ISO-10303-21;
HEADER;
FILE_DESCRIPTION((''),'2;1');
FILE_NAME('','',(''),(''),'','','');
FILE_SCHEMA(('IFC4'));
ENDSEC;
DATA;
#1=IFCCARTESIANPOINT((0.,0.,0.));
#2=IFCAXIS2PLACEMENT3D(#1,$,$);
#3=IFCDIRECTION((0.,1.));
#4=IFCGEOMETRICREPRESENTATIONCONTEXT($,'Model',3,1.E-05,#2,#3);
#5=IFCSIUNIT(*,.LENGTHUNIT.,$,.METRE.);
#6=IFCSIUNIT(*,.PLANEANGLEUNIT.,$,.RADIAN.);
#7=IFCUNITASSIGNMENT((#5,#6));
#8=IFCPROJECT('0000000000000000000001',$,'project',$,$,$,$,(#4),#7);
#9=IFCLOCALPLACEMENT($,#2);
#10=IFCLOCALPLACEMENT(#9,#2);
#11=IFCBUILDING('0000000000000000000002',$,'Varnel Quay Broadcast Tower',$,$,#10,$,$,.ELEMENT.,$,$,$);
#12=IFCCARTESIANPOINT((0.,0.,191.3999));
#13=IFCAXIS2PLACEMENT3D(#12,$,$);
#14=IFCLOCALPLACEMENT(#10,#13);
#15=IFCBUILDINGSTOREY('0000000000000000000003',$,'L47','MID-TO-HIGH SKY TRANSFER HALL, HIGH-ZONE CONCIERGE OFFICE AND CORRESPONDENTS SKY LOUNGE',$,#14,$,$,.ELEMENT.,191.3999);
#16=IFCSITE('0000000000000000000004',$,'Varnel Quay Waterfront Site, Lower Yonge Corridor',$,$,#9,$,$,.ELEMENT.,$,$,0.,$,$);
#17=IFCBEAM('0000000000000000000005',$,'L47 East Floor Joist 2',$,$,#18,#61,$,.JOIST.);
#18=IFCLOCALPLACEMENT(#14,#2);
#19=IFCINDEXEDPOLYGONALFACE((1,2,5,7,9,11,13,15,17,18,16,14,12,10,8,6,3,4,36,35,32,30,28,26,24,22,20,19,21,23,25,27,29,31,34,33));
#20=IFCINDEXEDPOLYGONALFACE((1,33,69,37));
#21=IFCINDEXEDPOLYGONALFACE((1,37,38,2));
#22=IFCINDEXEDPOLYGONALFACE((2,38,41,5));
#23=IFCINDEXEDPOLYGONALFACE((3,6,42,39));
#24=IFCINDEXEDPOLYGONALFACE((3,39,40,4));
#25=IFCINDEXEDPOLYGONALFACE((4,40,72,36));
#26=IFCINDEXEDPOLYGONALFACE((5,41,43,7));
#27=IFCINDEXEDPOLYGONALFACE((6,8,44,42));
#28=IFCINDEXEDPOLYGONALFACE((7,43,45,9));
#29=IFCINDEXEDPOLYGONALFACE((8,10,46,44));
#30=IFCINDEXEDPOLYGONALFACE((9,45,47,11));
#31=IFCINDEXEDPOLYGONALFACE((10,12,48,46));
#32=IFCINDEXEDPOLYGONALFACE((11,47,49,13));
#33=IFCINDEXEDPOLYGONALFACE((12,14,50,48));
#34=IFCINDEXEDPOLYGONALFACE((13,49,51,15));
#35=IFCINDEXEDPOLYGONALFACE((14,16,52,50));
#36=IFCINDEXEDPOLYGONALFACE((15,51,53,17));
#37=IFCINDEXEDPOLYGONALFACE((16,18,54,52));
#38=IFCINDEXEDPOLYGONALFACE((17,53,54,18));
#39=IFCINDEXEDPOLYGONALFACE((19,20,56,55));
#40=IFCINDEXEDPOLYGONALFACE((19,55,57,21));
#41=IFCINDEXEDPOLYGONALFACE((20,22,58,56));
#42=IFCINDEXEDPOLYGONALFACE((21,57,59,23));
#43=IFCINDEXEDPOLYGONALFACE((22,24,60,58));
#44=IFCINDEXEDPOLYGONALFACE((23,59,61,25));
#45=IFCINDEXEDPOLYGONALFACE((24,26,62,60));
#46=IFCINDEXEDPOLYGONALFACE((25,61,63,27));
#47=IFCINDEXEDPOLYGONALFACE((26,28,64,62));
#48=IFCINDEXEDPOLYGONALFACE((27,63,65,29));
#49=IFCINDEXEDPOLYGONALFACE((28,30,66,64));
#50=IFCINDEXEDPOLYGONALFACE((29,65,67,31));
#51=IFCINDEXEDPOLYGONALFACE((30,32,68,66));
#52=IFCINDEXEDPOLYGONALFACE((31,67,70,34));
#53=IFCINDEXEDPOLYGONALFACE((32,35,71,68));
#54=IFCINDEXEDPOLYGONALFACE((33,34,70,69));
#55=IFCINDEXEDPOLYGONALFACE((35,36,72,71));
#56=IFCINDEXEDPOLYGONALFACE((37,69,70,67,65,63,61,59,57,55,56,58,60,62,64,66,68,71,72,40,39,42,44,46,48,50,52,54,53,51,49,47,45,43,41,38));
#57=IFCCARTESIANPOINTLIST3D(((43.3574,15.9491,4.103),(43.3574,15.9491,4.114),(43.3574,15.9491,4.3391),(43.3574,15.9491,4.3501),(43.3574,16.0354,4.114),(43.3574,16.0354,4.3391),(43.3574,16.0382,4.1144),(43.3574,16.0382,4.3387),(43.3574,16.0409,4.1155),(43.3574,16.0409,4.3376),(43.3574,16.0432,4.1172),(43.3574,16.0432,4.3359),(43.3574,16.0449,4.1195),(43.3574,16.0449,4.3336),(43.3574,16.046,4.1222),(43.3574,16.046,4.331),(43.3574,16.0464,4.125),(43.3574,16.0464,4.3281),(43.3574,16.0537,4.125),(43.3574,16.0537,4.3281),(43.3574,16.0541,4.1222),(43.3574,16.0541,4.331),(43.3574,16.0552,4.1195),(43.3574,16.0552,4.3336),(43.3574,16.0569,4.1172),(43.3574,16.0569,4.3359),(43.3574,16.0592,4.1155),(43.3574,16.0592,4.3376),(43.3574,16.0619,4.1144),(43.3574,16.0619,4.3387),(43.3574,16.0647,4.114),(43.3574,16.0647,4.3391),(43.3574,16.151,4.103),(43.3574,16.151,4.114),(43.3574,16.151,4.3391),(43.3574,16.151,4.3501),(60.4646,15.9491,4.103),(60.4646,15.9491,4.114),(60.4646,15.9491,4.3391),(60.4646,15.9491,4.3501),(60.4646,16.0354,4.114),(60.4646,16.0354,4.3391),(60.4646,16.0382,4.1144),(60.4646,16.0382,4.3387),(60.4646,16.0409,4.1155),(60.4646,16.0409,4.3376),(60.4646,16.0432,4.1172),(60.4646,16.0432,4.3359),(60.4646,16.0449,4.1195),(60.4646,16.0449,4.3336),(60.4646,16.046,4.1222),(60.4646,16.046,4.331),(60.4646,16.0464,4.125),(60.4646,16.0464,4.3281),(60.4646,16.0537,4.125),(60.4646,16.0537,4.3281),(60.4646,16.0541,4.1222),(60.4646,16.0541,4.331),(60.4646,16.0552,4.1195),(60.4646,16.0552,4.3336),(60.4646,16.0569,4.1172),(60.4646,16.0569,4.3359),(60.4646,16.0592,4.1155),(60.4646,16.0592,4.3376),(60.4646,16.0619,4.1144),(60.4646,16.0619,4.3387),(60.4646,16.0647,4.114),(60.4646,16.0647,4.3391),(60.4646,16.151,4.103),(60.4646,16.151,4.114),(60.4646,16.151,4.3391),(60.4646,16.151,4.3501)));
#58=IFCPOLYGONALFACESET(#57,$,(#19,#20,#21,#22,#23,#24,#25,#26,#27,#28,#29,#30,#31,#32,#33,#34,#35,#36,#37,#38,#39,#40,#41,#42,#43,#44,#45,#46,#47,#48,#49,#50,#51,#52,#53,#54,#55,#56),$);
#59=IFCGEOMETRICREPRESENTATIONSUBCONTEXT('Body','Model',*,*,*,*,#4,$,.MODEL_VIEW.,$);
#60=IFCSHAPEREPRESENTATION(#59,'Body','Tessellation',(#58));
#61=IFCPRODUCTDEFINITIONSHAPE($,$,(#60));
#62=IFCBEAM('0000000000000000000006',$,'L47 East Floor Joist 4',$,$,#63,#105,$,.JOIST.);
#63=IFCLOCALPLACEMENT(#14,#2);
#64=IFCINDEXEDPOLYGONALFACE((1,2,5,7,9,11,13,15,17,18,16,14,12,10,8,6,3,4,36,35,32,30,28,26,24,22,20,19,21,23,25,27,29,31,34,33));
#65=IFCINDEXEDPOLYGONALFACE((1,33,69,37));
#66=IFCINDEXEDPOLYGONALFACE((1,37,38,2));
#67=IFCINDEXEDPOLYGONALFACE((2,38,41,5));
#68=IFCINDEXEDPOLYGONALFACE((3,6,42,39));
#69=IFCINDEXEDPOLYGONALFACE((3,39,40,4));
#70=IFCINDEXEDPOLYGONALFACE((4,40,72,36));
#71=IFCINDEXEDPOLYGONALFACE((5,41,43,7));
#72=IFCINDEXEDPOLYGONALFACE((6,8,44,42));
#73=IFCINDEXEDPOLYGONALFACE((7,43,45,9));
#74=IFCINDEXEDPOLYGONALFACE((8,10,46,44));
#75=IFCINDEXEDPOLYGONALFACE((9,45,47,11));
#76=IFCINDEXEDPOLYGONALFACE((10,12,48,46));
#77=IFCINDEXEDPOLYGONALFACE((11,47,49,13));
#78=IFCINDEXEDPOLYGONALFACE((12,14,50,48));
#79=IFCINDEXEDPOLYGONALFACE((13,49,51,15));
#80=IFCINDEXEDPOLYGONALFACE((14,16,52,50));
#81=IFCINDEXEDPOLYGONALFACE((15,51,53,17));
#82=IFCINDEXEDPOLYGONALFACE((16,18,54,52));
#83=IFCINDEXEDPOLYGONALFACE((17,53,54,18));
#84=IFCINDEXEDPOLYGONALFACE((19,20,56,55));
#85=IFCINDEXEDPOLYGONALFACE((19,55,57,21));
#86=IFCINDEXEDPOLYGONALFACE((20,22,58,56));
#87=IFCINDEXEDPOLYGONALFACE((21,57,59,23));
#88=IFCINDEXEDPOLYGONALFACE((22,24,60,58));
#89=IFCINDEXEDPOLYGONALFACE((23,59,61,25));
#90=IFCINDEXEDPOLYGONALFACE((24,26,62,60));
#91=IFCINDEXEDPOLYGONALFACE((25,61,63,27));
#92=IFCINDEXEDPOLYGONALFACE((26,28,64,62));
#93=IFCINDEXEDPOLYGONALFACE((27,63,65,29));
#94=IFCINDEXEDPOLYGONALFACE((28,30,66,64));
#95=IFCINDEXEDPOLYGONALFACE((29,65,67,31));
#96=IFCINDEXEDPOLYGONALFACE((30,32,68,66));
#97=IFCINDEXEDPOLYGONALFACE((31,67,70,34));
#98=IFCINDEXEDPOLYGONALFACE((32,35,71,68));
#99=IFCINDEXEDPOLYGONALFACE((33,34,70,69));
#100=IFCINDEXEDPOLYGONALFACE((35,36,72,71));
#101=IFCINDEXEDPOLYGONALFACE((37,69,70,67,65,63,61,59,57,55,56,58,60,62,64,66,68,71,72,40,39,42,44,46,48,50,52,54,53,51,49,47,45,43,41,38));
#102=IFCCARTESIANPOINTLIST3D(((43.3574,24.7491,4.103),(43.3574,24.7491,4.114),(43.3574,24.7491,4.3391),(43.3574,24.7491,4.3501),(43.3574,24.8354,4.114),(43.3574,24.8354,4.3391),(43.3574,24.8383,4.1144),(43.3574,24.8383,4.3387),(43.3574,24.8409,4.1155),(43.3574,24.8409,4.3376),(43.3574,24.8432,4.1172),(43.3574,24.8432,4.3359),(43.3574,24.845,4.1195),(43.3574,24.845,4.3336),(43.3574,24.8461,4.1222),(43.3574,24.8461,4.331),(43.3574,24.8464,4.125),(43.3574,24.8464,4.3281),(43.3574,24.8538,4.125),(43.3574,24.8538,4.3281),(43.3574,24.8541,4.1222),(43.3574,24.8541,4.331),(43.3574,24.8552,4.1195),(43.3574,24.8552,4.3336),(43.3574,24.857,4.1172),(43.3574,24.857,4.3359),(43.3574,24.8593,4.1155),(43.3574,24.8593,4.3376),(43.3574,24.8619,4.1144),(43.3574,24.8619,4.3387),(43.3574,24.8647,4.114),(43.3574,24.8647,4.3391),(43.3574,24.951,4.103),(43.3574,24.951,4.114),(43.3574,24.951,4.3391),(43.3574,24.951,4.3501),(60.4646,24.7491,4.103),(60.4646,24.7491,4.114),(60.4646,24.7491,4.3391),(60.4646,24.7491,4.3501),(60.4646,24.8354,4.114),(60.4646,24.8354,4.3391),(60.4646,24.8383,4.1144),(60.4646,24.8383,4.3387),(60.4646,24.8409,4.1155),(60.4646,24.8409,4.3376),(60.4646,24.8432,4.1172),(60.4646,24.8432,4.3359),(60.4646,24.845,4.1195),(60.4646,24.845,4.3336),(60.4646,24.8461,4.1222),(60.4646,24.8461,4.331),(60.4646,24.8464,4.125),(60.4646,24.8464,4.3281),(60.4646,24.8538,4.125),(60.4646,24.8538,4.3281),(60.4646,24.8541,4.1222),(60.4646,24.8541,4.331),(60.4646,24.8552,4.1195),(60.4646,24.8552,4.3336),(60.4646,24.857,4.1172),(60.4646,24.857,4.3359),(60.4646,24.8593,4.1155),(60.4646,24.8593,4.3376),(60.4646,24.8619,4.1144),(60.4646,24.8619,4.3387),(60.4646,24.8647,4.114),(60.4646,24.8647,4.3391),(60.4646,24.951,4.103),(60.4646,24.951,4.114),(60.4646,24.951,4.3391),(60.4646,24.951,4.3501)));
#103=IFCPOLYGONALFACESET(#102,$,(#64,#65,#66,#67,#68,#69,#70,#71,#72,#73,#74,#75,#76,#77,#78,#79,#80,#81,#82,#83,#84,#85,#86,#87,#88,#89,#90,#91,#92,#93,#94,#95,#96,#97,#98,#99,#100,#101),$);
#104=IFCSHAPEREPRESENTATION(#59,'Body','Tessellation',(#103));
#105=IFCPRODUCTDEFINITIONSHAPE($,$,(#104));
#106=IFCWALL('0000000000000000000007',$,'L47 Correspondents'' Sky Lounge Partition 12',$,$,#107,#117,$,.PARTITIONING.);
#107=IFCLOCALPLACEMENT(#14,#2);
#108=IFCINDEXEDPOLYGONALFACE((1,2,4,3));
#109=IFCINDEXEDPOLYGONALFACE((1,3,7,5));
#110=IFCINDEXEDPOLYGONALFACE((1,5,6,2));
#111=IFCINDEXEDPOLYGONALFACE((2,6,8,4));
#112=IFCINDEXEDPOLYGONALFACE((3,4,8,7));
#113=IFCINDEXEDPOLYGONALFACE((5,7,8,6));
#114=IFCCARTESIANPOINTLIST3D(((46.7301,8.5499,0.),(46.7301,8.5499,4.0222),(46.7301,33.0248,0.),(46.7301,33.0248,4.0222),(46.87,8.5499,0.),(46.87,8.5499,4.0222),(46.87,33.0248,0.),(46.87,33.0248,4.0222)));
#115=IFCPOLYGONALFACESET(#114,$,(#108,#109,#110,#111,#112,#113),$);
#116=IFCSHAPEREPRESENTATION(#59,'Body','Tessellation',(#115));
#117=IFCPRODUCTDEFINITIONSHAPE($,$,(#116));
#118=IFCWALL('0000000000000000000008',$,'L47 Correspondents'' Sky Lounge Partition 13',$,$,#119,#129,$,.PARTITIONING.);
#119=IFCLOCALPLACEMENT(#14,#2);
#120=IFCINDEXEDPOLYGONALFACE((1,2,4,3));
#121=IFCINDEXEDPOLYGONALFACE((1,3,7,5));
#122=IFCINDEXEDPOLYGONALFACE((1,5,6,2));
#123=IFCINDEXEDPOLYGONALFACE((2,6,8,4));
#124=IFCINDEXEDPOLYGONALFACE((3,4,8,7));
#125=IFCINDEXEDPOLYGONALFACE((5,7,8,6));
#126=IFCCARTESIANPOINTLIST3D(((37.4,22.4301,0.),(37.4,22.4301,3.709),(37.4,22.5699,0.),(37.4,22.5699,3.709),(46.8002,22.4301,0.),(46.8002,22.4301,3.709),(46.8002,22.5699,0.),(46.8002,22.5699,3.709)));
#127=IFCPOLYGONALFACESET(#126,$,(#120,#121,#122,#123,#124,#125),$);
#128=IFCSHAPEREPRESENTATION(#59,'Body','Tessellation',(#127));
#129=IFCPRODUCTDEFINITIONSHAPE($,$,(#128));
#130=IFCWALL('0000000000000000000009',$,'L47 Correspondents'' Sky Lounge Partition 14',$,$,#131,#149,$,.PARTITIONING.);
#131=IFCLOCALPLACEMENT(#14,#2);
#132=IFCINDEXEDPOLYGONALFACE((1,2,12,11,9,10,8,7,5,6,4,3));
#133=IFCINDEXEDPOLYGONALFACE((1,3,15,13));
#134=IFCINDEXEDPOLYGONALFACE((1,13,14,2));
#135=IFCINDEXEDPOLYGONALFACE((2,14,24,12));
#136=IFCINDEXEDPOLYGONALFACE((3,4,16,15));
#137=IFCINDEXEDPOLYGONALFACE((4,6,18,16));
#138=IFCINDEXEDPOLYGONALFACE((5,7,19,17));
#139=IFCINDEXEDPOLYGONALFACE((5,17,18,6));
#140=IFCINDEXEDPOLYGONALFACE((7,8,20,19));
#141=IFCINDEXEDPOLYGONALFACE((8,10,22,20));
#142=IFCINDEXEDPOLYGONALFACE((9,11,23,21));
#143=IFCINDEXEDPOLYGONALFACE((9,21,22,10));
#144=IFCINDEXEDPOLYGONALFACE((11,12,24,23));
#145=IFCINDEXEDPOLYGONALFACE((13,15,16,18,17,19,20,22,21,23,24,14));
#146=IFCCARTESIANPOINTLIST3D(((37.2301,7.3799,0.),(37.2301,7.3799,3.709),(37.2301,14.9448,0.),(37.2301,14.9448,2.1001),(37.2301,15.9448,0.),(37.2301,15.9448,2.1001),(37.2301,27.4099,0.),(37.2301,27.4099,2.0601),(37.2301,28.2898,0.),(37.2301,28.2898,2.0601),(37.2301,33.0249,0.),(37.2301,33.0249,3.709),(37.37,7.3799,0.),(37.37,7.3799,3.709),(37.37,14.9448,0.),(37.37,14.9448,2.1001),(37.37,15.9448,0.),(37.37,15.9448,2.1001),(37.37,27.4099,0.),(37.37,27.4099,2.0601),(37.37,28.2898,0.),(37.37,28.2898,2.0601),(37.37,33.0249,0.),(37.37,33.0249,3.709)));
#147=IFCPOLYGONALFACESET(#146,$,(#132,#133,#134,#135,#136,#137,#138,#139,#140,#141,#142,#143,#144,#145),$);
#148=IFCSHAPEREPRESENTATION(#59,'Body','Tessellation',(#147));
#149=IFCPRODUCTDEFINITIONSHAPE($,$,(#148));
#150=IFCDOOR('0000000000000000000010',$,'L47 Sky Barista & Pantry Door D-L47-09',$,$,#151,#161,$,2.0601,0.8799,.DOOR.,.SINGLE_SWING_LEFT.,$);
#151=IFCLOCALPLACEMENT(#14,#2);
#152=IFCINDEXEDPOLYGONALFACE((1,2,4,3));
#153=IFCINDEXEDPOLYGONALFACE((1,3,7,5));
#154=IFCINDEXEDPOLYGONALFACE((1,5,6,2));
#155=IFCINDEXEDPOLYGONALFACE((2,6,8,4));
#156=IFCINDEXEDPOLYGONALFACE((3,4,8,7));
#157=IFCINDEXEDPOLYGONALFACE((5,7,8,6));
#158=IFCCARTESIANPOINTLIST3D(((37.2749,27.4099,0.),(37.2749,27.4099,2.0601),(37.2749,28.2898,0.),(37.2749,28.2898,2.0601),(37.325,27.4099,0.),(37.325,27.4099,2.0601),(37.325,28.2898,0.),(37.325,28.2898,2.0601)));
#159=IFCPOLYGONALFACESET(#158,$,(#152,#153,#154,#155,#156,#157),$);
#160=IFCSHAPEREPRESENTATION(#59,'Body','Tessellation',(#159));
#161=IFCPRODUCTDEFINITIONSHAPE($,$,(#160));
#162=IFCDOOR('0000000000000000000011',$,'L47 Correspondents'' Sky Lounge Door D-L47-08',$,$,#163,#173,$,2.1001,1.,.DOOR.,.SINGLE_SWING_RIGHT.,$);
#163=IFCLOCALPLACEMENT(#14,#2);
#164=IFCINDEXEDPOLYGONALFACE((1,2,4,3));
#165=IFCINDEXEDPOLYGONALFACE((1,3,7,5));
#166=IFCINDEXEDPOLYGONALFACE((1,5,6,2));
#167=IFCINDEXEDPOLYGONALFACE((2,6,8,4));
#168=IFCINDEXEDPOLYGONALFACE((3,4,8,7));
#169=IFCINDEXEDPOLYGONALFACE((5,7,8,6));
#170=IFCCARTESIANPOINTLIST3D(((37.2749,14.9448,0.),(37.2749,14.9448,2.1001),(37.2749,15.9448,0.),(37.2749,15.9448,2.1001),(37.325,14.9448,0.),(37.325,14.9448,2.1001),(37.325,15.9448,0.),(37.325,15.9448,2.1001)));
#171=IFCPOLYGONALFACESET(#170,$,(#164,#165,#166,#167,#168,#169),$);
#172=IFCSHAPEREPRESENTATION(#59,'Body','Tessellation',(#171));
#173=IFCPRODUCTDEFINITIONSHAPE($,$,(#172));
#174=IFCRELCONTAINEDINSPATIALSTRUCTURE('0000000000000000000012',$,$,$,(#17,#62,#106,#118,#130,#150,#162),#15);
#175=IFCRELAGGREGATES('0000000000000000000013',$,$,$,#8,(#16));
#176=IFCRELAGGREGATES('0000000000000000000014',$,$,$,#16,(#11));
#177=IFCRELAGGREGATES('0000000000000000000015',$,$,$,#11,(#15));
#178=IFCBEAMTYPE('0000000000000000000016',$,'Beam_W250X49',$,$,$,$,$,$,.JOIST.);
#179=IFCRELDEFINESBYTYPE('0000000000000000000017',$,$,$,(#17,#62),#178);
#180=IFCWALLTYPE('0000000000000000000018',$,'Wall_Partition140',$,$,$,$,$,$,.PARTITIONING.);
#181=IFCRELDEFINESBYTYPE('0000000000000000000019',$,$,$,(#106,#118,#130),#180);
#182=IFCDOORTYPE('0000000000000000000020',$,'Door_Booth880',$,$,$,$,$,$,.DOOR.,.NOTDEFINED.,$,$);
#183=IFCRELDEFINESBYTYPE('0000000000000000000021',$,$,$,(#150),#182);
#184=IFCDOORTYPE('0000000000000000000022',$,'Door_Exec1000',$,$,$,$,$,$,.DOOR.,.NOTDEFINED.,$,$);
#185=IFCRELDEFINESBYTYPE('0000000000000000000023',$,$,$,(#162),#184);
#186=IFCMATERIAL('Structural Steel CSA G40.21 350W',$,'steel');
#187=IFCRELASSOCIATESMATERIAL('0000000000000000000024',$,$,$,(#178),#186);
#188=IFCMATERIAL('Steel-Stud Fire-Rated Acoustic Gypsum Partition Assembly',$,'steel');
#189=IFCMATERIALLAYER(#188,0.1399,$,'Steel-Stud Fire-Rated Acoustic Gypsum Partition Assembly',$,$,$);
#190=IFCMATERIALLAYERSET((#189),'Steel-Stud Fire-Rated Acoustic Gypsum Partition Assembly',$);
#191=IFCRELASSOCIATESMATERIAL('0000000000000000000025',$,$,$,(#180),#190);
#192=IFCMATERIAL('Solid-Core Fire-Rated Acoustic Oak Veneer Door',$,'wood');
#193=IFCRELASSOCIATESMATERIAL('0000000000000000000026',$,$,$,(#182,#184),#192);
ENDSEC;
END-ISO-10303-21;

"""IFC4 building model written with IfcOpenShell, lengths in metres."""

from ifc_helpers import new_model, si_unit, direction, frame, frame_2d, origin, origin_2d, place, context, subcontext, project, spatial, rectangle, i_section, extrude, source, transform, mapped, material, layer, layer_set, material_profile, profile_set, type_object, type_shapes, element, fill, save


model = new_model("IFC4")

# Units and contexts
model_context = context("Model", 3, precision=1e-05, world=origin(), true_north=direction((0.0, 1.0)))
body_context = subcontext(model_context, "Body", "Model", "MODEL_VIEW")
ifc_project = project(units=[si_unit("LENGTHUNIT", "METRE"), si_unit("PLANEANGLEUNIT", "RADIAN")], contexts=[model_context])

# Site, building, storey
site_placement = place(None, origin())
site = spatial("IfcSite", under=ifc_project, at=site_placement, Name="Varnel Quay Waterfront Site, Lower Yonge Corridor", CompositionType="ELEMENT", RefElevation=0.0)
building_placement = place(site_placement, origin())
building = spatial("IfcBuilding", under=site, at=building_placement, Name="Varnel Quay Broadcast Tower", CompositionType="ELEMENT")
storey_placement = place(building_placement, frame((0.0, 0.0, 191.3999)))
storey = spatial("IfcBuildingStorey", under=building, at=storey_placement, Name="L47", Description="MID-TO-HIGH SKY TRANSFER HALL, HIGH-ZONE CONCIERGE OFFICE AND CORRESPONDENTS SKY LOUNGE", CompositionType="ELEMENT", Elevation=191.3999)

# Shared definitions
ifc_material_1 = material(Name="Structural Steel CSA G40.21 350W", Category="steel")

# Beams
ifc_material_profile_1 = material_profile(ifc_material_1, i_section(OverallWidth=0.2019, OverallDepth=0.2471, WebThickness=0.0073, FlangeThickness=0.011, FilletRadius=0.011, at=origin_2d()), Name="W250X49")
ifc_profile_set_1 = profile_set([ifc_material_profile_1], Name="Structural Steel CSA G40.21 350W")
beam_type_1 = type_object("IfcBeamType", Name="Beam_W250X49", PredefinedType="JOIST", material=ifc_profile_set_1)
shared_shape_1 = source(origin(), body_context, "Body", "SweptSolid", [
    extrude(i_section(OverallWidth=0.2019, OverallDepth=0.2471, WebThickness=0.0073, FlangeThickness=0.011, FilletRadius=0.011, at=origin_2d()), origin(), (0.0, 0.0, 1.0), 17.1072),
])
type_shapes(beam_type_1, [shared_shape_1])
for number, where, z_axis, x_axis, name in (
    (1, (43.3574, 16.05, 4.2266), (1.0, 0.0, 0.0), (0.0, 1.0, 0.0), "L47 East Floor Joist 2"),
    (2, (43.3574, 24.8501, 4.2266), (1.0, 0.0, 0.0), (0.0, 1.0, 0.0), "L47 East Floor Joist 4"),
):
    element("IfcBeam", number, at=place(storey_placement, frame(where, z_axis=z_axis, x_axis=x_axis)), inside=storey, type_object=beam_type_1, Name=name, PredefinedType="JOIST", context=body_context, shape_type="MappedRepresentation", body=[
        mapped(shared_shape_1, transform((0.0, 0.0, 0.0), x_axis=(1.0, 0.0, 0.0), y_axis=(0.0, 1.0, 0.0), z_axis=(0.0, 0.0, 1.0), scale=1.0)),
    ])

# Walls
ifc_material_2 = material(Name="Steel-Stud Fire-Rated Acoustic Gypsum Partition Assembly", Category="steel")
ifc_layer_1 = layer(ifc_material_2, 0.1399, Name="Steel-Stud Fire-Rated Acoustic Gypsum Partition Assembly")
ifc_layer_set_1 = layer_set([ifc_layer_1], Name="Steel-Stud Fire-Rated Acoustic Gypsum Partition Assembly")
wall_type_1 = type_object("IfcWallType", Name="Wall_Partition140", PredefinedType="PARTITIONING", material=ifc_layer_set_1)
wall_1_placement = place(storey_placement, frame((46.8, 8.55, 0.0), z_axis=(0.0, 0.0, 1.0), x_axis=(0.0, 1.0, 0.0)))
element("IfcWall", 3, at=wall_1_placement, inside=storey, type_object=wall_type_1, Name="L47 Correspondents' Sky Lounge Partition 12", PredefinedType="PARTITIONING", context=body_context, shape_type="SweptSolid", body=[
    extrude(rectangle(XDim=24.4749, YDim=0.1399, at=frame_2d((12.2373, 0.0))), origin(), (0.0, 0.0, 1.0), 4.0222),
])
wall_2_placement = place(storey_placement, frame((37.3999, 22.5, 0.0), z_axis=(0.0, 0.0, 1.0), x_axis=(1.0, 0.0, 0.0)))
element("IfcWall", 4, at=wall_2_placement, inside=storey, type_object=wall_type_1, Name="L47 Correspondents' Sky Lounge Partition 13", PredefinedType="PARTITIONING", context=body_context, shape_type="SweptSolid", body=[
    extrude(rectangle(XDim=9.4001, YDim=0.1399, at=frame_2d((4.7002, 0.0))), origin(), (0.0, 0.0, 1.0), 3.709),
])

# Wall, openings, doors
wall_3_placement = place(storey_placement, frame((37.3, 7.3799, 0.0), z_axis=(0.0, 0.0, 1.0), x_axis=(0.0, 1.0, 0.0)))
wall_3 = element("IfcWall", 5, at=wall_3_placement, inside=storey, type_object=wall_type_1, Name="L47 Correspondents' Sky Lounge Partition 14", PredefinedType="PARTITIONING", context=body_context, shape_type="SweptSolid", body=[
    extrude(rectangle(XDim=25.645, YDim=0.1399, at=frame_2d((12.8225, 0.0))), origin(), (0.0, 0.0, 1.0), 3.709),
])
opening_1_placement = place(wall_3_placement, frame((7.5649, 0.0, 0.0)))
opening_1 = element("IfcOpeningElement", 6, at=opening_1_placement, cuts=wall_3, PredefinedType="OPENING", context=body_context, shape_type="SweptSolid", body=[
    extrude(rectangle(XDim=1.0, YDim=2.1001, at=frame_2d((0.5, 1.05))), frame((0.0, 0.0801, 0.0), z_axis=(0.0, -1.0, 0.0), x_axis=(1.0, 0.0, 0.0)), (0.0, 0.0, 1.0), 0.1599),
])
opening_2_placement = place(wall_3_placement, frame((20.03, 0.0, 0.0)))
opening_2 = element("IfcOpeningElement", 7, at=opening_2_placement, cuts=wall_3, PredefinedType="OPENING", context=body_context, shape_type="SweptSolid", body=[
    extrude(rectangle(XDim=0.8799, YDim=2.0601, at=frame_2d((0.4399, 1.03))), frame((0.0, 0.0801, 0.0), z_axis=(0.0, -1.0, 0.0), x_axis=(1.0, 0.0, 0.0)), (0.0, 0.0, 1.0), 0.1599),
])
ifc_material_3 = material(Name="Solid-Core Fire-Rated Acoustic Oak Veneer Door", Category="wood")
door_type_1 = type_object("IfcDoorType", Name="Door_Booth880", OperationType="NOTDEFINED", PredefinedType="DOOR", material=ifc_material_3)
shared_shape_2 = source(origin(), body_context, "Body", "SweptSolid", [
    extrude(rectangle(XDim=0.8799, YDim=2.0601, at=frame_2d((0.4399, 1.03))), frame((0.0, 0.0249, 0.0), z_axis=(0.0, -1.0, 0.0), x_axis=(1.0, 0.0, 0.0)), (0.0, 0.0, 1.0), 0.05),
])
type_shapes(door_type_1, [shared_shape_2])
door_1_placement = place(opening_2_placement, frame((0.8799, 0.0, 0.0), z_axis=(0.0, 0.0, 1.0), x_axis=(-1.0, 0.0, 0.0)))
door_1 = element("IfcDoor", 8, at=door_1_placement, inside=storey, type_object=door_type_1, Name="L47 Sky Barista & Pantry Door D-L47-09", OperationType="SINGLE_SWING_LEFT", OverallHeight=2.0601, OverallWidth=0.8799, PredefinedType="DOOR", context=body_context, shape_type="MappedRepresentation", body=[
    mapped(shared_shape_2, transform((0.0, 0.0, 0.0), x_axis=(1.0, 0.0, 0.0), y_axis=(0.0, 1.0, 0.0), z_axis=(0.0, 0.0, 1.0), scale=1.0)),
])
fill(opening_2, door_1)
door_type_2 = type_object("IfcDoorType", Name="Door_Exec1000", OperationType="NOTDEFINED", PredefinedType="DOOR", material=ifc_material_3)
shared_shape_3 = source(origin(), body_context, "Body", "SweptSolid", [
    extrude(rectangle(XDim=1.0, YDim=2.1001, at=frame_2d((0.5, 1.05))), frame((0.0, 0.0249, 0.0), z_axis=(0.0, -1.0, 0.0), x_axis=(1.0, 0.0, 0.0)), (0.0, 0.0, 1.0), 0.05),
])
type_shapes(door_type_2, [shared_shape_3])
door_2_placement = place(opening_1_placement, frame((1.0, 0.0, 0.0), z_axis=(0.0, 0.0, 1.0), x_axis=(-1.0, 0.0, 0.0)))
door_2 = element("IfcDoor", 9, at=door_2_placement, inside=storey, type_object=door_type_2, Name="L47 Correspondents' Sky Lounge Door D-L47-08", OperationType="SINGLE_SWING_RIGHT", OverallHeight=2.1001, OverallWidth=1.0, PredefinedType="DOOR", context=body_context, shape_type="MappedRepresentation", body=[
    mapped(shared_shape_3, transform((0.0, 0.0, 0.0), x_axis=(1.0, 0.0, 0.0), y_axis=(0.0, 1.0, 0.0), z_axis=(0.0, 0.0, 1.0), scale=1.0)),
])
fill(opening_1, door_2)

save(model, "model.ifc")
